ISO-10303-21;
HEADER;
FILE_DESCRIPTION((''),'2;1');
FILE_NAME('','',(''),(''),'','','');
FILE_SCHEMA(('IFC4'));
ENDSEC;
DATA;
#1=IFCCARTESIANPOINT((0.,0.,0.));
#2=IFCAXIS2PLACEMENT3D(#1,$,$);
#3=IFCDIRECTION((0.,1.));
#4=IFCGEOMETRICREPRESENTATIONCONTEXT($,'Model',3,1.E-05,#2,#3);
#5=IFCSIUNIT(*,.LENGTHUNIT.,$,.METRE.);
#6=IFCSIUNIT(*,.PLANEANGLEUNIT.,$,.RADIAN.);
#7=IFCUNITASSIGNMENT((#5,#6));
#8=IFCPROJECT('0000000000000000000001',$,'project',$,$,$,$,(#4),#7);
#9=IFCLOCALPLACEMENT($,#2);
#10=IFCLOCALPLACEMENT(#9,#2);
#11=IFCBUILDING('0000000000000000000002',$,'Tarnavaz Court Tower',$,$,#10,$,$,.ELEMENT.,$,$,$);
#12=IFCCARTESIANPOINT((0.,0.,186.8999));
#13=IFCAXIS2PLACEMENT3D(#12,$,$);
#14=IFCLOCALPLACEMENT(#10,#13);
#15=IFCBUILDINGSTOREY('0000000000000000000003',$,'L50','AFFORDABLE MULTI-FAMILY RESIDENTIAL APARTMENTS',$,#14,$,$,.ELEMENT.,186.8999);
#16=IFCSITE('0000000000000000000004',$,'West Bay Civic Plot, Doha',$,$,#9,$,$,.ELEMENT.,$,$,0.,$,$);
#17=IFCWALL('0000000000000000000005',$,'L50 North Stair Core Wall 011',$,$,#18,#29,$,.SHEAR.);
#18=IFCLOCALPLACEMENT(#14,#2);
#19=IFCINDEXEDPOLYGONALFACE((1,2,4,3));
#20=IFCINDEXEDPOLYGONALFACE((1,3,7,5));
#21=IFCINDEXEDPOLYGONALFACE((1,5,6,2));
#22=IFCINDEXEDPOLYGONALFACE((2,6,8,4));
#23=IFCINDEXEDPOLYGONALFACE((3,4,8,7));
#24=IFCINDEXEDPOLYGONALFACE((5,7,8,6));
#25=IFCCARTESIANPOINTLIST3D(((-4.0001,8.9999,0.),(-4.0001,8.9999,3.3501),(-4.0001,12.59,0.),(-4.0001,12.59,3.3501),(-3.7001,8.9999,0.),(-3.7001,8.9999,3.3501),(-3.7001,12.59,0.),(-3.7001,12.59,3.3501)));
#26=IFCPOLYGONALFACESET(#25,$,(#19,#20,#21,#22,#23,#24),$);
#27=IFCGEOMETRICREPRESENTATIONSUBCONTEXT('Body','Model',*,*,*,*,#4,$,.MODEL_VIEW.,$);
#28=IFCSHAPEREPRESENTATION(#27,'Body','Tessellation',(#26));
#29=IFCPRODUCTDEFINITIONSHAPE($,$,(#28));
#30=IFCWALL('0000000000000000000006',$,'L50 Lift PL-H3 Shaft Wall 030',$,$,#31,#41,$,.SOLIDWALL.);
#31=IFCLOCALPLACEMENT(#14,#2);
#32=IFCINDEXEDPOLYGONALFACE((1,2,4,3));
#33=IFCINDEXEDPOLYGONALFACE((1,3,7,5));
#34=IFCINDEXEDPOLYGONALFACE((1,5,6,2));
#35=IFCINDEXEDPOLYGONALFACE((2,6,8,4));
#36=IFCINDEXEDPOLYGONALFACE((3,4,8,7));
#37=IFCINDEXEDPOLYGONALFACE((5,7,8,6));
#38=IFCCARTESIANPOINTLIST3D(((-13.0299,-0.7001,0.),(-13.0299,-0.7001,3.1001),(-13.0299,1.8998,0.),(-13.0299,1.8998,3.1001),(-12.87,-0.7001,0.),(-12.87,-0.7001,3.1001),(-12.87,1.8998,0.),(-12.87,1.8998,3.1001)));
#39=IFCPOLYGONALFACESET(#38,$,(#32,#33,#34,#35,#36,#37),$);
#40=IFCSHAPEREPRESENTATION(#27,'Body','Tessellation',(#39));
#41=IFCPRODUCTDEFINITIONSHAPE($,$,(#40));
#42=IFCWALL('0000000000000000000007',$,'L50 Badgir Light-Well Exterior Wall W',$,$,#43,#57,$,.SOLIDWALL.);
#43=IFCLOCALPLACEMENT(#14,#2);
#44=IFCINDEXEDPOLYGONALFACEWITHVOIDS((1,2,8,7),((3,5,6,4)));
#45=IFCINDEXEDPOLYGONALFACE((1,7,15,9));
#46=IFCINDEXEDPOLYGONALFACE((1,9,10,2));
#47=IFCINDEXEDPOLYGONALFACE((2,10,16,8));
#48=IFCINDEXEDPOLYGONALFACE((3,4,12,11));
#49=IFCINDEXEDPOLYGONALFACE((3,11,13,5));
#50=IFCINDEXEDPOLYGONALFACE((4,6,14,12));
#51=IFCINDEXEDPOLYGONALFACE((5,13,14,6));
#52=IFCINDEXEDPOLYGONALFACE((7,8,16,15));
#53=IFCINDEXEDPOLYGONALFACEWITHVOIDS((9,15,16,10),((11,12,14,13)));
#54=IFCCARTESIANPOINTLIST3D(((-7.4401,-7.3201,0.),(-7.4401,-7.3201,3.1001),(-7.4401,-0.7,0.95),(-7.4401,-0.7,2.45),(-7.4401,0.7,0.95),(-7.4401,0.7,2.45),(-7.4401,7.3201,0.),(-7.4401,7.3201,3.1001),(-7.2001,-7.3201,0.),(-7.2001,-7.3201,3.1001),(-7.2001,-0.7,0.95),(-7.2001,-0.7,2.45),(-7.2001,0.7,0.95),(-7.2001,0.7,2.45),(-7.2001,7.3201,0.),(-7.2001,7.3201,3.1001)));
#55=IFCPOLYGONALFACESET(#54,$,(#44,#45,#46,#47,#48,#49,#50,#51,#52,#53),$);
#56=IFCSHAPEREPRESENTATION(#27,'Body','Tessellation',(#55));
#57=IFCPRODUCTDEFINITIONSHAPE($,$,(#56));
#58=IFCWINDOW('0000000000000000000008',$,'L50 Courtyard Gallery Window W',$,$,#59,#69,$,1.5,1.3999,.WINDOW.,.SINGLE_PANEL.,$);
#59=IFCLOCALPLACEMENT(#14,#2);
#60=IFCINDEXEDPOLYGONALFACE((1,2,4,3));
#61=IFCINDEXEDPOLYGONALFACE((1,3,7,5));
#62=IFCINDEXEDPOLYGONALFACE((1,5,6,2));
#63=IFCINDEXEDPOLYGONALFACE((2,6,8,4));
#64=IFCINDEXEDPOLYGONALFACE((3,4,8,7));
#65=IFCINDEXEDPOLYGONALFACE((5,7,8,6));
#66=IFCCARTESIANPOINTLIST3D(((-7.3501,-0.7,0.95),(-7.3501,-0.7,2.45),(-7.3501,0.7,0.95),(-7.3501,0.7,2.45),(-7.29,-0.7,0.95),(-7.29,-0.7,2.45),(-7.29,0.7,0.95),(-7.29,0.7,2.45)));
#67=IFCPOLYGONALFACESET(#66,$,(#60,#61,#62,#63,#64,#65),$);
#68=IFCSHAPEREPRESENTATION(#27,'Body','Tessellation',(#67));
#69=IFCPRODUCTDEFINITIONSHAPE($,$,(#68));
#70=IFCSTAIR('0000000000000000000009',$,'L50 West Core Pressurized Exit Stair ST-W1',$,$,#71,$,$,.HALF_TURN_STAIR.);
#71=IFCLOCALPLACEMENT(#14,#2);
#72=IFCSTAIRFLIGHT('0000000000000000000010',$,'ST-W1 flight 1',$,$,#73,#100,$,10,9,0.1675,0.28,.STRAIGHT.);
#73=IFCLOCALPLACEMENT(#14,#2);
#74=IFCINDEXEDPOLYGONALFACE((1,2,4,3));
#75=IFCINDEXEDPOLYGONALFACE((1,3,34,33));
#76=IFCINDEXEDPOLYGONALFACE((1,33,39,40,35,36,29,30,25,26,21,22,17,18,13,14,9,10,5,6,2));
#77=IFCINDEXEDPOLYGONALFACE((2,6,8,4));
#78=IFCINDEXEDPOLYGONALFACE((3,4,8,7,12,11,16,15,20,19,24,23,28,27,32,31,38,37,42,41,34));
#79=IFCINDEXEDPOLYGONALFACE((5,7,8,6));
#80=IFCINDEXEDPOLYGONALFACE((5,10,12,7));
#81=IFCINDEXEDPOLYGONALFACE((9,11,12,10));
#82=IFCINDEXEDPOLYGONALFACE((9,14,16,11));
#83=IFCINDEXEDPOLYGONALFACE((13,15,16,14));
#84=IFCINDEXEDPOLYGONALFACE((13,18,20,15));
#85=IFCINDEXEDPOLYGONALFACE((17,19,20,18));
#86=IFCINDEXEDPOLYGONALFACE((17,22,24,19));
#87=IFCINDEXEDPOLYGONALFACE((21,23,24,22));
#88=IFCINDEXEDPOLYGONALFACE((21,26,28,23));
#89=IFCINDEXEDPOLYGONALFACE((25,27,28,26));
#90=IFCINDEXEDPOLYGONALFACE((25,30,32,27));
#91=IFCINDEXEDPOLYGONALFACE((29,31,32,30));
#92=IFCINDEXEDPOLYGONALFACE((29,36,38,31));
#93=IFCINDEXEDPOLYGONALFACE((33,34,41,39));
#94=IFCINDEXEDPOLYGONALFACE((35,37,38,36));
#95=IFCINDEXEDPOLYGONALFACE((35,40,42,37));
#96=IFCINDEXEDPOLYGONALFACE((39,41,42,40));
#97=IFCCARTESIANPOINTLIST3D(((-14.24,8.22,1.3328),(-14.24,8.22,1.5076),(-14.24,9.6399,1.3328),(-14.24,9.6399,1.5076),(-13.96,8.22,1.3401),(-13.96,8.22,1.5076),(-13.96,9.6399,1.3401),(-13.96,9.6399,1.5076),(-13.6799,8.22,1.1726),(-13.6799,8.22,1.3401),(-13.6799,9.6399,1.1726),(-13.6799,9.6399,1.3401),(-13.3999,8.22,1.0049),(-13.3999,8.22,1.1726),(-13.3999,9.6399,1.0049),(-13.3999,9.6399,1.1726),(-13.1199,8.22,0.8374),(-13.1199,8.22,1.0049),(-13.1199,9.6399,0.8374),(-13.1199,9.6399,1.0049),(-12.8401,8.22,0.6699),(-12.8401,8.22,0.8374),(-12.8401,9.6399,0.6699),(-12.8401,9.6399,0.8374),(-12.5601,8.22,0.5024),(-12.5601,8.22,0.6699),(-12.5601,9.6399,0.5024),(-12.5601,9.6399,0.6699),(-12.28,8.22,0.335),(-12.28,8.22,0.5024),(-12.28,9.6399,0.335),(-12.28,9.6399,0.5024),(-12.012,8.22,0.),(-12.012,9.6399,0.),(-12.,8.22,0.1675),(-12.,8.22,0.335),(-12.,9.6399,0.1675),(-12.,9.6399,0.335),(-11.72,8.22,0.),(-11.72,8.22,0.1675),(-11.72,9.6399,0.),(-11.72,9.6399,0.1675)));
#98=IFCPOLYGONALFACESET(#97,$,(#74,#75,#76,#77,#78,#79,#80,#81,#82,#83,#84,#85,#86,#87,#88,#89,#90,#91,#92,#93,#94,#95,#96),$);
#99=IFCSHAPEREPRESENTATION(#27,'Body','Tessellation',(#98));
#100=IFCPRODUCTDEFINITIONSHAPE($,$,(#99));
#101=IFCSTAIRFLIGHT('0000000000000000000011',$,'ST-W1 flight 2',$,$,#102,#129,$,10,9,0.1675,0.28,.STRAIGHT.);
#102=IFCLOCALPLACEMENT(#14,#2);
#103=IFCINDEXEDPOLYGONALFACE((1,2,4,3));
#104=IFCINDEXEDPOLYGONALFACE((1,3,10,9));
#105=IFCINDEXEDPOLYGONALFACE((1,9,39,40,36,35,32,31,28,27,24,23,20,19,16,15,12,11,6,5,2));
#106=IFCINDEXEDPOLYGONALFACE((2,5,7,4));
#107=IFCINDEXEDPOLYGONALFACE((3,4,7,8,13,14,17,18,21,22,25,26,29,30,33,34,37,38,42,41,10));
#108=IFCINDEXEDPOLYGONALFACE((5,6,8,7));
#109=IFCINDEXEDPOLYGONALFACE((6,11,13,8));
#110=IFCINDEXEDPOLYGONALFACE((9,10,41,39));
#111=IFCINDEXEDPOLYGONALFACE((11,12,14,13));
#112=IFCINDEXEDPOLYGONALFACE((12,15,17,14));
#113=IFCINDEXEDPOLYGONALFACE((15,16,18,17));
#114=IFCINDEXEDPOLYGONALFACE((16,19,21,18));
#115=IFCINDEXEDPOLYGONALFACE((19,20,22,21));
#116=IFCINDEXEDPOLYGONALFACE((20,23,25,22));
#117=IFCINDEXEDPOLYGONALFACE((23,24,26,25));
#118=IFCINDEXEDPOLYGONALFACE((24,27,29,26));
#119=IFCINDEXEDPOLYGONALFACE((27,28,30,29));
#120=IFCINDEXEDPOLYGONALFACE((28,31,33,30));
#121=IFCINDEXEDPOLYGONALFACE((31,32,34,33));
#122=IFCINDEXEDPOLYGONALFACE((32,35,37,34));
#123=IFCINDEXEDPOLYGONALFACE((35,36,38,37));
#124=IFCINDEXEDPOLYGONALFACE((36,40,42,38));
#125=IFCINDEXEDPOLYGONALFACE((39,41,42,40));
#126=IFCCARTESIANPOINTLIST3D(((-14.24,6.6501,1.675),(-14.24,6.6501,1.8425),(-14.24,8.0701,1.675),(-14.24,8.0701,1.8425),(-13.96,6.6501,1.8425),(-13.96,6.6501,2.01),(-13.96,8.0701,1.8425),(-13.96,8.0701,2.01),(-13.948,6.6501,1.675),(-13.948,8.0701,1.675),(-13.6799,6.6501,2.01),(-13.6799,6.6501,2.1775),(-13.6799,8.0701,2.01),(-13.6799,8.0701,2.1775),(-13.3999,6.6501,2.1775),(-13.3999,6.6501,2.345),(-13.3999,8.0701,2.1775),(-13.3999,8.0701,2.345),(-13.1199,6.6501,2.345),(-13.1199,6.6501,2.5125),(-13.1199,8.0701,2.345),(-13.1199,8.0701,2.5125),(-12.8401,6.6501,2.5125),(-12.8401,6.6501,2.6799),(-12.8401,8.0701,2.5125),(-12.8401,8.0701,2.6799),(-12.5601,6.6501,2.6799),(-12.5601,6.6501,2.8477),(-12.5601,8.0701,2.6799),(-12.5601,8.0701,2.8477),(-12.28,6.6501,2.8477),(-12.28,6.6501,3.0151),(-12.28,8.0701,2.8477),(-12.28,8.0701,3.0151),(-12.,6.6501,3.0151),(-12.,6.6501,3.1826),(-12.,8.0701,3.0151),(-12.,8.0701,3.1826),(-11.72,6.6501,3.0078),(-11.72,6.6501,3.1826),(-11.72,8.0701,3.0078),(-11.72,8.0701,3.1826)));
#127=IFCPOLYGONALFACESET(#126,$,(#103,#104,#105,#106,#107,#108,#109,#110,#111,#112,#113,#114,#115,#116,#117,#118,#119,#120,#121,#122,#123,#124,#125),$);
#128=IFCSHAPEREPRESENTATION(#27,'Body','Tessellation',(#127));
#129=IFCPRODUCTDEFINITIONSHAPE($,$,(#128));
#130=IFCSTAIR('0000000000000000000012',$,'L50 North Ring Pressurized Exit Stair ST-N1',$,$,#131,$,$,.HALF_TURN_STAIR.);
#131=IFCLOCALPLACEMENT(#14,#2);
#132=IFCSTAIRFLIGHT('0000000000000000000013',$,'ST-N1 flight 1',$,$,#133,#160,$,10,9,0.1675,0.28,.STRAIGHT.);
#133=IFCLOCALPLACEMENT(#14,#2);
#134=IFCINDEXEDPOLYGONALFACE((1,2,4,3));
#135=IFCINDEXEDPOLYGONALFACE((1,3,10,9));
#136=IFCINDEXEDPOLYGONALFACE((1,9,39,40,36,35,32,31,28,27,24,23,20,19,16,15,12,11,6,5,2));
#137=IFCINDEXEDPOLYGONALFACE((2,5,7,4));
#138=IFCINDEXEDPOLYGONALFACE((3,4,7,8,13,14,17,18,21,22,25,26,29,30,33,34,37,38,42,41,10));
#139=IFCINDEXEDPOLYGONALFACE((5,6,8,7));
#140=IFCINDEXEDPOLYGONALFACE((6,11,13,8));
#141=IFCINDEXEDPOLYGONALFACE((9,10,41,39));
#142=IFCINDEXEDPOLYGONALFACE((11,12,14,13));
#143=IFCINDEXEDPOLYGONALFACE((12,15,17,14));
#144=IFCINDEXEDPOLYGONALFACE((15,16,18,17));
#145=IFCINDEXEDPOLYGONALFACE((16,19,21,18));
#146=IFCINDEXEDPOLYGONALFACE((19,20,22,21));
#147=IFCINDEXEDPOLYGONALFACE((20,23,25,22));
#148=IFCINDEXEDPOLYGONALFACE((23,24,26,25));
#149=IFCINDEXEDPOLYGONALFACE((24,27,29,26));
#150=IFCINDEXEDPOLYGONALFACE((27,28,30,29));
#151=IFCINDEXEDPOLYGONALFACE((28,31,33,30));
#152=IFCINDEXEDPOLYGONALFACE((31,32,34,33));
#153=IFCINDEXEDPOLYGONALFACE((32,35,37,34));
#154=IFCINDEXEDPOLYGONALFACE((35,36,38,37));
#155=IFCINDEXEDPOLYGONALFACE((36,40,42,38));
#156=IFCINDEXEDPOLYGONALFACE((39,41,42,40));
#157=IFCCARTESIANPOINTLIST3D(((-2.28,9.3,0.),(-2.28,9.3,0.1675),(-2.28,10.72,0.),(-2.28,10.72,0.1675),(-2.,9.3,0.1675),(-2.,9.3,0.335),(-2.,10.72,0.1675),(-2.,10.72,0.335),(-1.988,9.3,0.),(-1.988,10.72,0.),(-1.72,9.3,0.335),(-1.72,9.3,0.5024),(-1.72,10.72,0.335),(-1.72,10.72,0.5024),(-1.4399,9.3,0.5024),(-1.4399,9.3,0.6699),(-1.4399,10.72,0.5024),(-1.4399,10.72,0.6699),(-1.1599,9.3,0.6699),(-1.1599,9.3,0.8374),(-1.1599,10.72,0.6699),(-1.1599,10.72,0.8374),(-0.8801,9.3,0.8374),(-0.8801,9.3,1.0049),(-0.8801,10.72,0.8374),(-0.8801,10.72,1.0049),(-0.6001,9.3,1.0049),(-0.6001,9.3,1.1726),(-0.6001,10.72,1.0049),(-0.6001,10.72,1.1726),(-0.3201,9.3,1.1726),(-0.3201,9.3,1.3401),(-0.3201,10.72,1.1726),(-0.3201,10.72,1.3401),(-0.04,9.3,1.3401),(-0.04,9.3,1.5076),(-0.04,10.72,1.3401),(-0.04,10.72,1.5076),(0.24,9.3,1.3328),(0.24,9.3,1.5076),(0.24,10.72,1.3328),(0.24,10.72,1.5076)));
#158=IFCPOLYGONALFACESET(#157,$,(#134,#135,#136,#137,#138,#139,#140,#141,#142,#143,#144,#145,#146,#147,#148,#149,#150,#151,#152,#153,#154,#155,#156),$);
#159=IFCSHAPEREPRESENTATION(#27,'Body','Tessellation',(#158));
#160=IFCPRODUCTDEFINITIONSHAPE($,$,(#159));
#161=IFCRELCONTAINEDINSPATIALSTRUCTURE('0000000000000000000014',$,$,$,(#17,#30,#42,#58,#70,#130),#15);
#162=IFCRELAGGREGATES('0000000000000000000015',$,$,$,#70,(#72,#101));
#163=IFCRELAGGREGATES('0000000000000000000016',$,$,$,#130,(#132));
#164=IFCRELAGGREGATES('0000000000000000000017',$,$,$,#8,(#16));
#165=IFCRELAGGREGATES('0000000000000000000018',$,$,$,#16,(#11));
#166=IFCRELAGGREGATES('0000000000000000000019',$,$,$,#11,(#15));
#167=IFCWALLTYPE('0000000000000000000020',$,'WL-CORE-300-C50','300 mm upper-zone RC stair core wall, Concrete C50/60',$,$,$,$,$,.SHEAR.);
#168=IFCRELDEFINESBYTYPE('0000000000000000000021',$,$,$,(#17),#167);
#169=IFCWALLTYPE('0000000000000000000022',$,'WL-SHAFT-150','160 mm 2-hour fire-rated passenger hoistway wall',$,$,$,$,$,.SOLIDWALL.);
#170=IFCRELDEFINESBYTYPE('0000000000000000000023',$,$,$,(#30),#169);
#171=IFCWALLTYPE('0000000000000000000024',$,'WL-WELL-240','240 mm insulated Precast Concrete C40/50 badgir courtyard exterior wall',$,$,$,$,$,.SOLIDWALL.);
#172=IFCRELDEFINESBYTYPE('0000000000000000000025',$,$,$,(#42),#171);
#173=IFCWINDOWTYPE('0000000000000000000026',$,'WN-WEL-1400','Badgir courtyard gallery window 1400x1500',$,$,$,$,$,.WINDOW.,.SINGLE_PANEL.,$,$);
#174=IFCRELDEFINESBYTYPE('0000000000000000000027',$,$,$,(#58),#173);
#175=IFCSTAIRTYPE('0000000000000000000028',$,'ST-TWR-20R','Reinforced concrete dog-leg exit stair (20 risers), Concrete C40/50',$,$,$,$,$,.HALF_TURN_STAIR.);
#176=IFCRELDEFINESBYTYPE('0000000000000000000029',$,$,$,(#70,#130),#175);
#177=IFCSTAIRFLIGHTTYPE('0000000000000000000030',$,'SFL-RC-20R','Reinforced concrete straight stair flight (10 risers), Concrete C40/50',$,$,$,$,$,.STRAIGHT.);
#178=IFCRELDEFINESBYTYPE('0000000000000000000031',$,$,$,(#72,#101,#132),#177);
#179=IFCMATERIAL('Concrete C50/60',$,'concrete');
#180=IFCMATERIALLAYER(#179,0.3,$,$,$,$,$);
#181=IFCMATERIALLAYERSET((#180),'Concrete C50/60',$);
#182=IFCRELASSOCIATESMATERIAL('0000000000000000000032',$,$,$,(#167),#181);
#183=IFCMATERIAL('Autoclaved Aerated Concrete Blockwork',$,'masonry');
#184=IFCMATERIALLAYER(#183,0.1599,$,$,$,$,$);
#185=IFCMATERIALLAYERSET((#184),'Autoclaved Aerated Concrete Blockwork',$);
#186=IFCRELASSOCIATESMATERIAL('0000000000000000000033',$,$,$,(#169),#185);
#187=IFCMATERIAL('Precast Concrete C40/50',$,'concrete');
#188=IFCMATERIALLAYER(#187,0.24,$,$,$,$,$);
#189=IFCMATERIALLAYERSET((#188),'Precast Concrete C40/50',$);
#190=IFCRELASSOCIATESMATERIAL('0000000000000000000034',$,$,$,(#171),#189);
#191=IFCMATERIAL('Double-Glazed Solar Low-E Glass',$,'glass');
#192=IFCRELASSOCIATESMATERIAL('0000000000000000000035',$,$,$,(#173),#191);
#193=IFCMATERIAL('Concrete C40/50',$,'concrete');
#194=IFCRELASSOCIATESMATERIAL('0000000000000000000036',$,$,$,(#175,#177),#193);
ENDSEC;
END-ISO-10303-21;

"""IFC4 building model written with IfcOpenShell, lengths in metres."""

from ifc_helpers import new_model, si_unit, direction, frame, frame_2d, origin, place, context, subcontext, project, spatial, polyline, rectangle, outline, extrude, material, layer, layer_set, type_object, element, fill, aggregate, save


model = new_model("IFC4")

# Units and contexts
model_context = context("Model", 3, precision=1e-05, world=origin(), true_north=direction((0.0, 1.0)))
body_context = subcontext(model_context, "Body", "Model", "MODEL_VIEW")
ifc_project = project(units=[si_unit("LENGTHUNIT", "METRE"), si_unit("PLANEANGLEUNIT", "RADIAN")], contexts=[model_context])

# Site, building, storey
site_placement = place(None, origin())
site = spatial("IfcSite", under=ifc_project, at=site_placement, Name="West Bay Civic Plot, Doha", CompositionType="ELEMENT", RefElevation=0.0)
building_placement = place(site_placement, origin())
building = spatial("IfcBuilding", under=site, at=building_placement, Name="Tarnavaz Court Tower", CompositionType="ELEMENT")
storey_placement = place(building_placement, frame((0.0, 0.0, 186.8999)))
storey = spatial("IfcBuildingStorey", under=building, at=storey_placement, Name="L50", Description="AFFORDABLE MULTI-FAMILY RESIDENTIAL APARTMENTS", CompositionType="ELEMENT", Elevation=186.8999)

# Shared definitions
ifc_material_1 = material(Name="Concrete C50/60", Category="concrete")

# Shared definitions
ifc_layer_1 = layer(ifc_material_1, 0.3)
ifc_layer_set_1 = layer_set([ifc_layer_1], Name="Concrete C50/60")
wall_type_1 = type_object("IfcWallType", Name="WL-CORE-300-C50", Description="300 mm upper-zone RC stair core wall, Concrete C50/60", PredefinedType="SHEAR", material=ifc_layer_set_1)

# Wall
wall_1_placement = place(storey_placement, frame((-3.8501, 9.0, 0.0), z_axis=(0.0, 0.0, 1.0), x_axis=(0.0, 1.0, 0.0)))
element("IfcWall", 1, at=wall_1_placement, inside=storey, type_object=wall_type_1, Name="L50 North Stair Core Wall 011", PredefinedType="SHEAR", context=body_context, shape_type="SweptSolid", body=[
    extrude(rectangle(XDim=3.5901, YDim=0.3, at=frame_2d((1.7949, 0.0))), origin(), (0.0, 0.0, 1.0), 3.3501),
])

# Shared definitions
ifc_material_2 = material(Name="Autoclaved Aerated Concrete Blockwork", Category="masonry")

# Wall
ifc_layer_2 = layer(ifc_material_2, 0.1599)
ifc_layer_set_2 = layer_set([ifc_layer_2], Name="Autoclaved Aerated Concrete Blockwork")
wall_type_2 = type_object("IfcWallType", Name="WL-SHAFT-150", Description="160 mm 2-hour fire-rated passenger hoistway wall", PredefinedType="SOLIDWALL", material=ifc_layer_set_2)
wall_2_placement = place(storey_placement, frame((-12.95, -0.7, 0.0), z_axis=(0.0, 0.0, 1.0), x_axis=(0.0, 1.0, 0.0)))
element("IfcWall", 2, at=wall_2_placement, inside=storey, type_object=wall_type_2, Name="L50 Lift PL-H3 Shaft Wall 030", PredefinedType="SOLIDWALL", context=body_context, shape_type="SweptSolid", body=[
    extrude(rectangle(XDim=2.5999, YDim=0.1599, at=frame_2d((1.2998, 0.0))), origin(), (0.0, 0.0, 1.0), 3.1001),
])

# Wall, opening, window
ifc_material_3 = material(Name="Precast Concrete C40/50", Category="concrete")
ifc_layer_3 = layer(ifc_material_3, 0.24)
ifc_layer_set_3 = layer_set([ifc_layer_3], Name="Precast Concrete C40/50")
wall_type_3 = type_object("IfcWallType", Name="WL-WELL-240", Description="240 mm insulated Precast Concrete C40/50 badgir courtyard exterior wall", PredefinedType="SOLIDWALL", material=ifc_layer_set_3)
wall_3_placement = place(storey_placement, frame((-7.3201, 7.3201, 0.0), z_axis=(0.0, 0.0, 1.0), x_axis=(0.0, -1.0, 0.0)))
wall_3 = element("IfcWall", 3, at=wall_3_placement, inside=storey, type_object=wall_type_3, Name="L50 Badgir Light-Well Exterior Wall W", PredefinedType="SOLIDWALL", context=body_context, shape_type="SweptSolid", body=[
    extrude(rectangle(XDim=14.6401, YDim=0.24, at=frame_2d((7.3201, 0.0))), origin(), (0.0, 0.0, 1.0), 3.1001),
])
opening_1_placement = place(wall_3_placement, frame((6.6201, 0.0, 0.95)))
opening_1 = element("IfcOpeningElement", 4, at=opening_1_placement, cuts=wall_3, PredefinedType="OPENING", context=body_context, shape_type="SweptSolid", body=[
    extrude(rectangle(XDim=1.3999, YDim=1.5, at=frame_2d((0.7, 0.75))), frame((0.0, 0.1299, 0.0), z_axis=(0.0, -1.0, 0.0), x_axis=(1.0, 0.0, 0.0)), (0.0, 0.0, 1.0), 0.26),
])
ifc_material_4 = material(Name="Double-Glazed Solar Low-E Glass", Category="glass")
window_type = type_object("IfcWindowType", Name="WN-WEL-1400", Description="Badgir courtyard gallery window 1400x1500", PartitioningType="SINGLE_PANEL", PredefinedType="WINDOW", material=ifc_material_4)
window_placement = place(opening_1_placement, origin())
window = element("IfcWindow", 5, at=window_placement, inside=storey, type_object=window_type, Name="L50 Courtyard Gallery Window W", OverallHeight=1.5, OverallWidth=1.3999, PartitioningType="SINGLE_PANEL", PredefinedType="WINDOW", context=body_context, shape_type="SweptSolid", body=[
    extrude(rectangle(XDim=1.3999, YDim=1.5, at=frame_2d((0.7, 0.75))), frame((0.0, 0.03, 0.0), z_axis=(0.0, -1.0, 0.0), x_axis=(1.0, 0.0, 0.0)), (0.0, 0.0, 1.0), 0.0601),
])
fill(opening_1, window)

# Stair, stair flights
ifc_material_5 = material(Name="Concrete C40/50", Category="concrete")
stair_type = type_object("IfcStairType", Name="ST-TWR-20R", Description="Reinforced concrete dog-leg exit stair (20 risers), Concrete C40/50", PredefinedType="HALF_TURN_STAIR", material=ifc_material_5)
stair_1_placement = place(storey_placement, origin())
stair_1 = element("IfcStair", 6, at=stair_1_placement, inside=storey, type_object=stair_type, Name="L50 West Core Pressurized Exit Stair ST-W1", PredefinedType="HALF_TURN_STAIR")
stair_flight_type = type_object("IfcStairFlightType", Name="SFL-RC-20R", Description="Reinforced concrete straight stair flight (10 risers), Concrete C40/50", PredefinedType="STRAIGHT", material=ifc_material_5)
stair_flight_1_placement = place(storey_placement, frame((-11.72, 8.9299, 0.0), z_axis=(0.0, 0.0, 1.0), x_axis=(-1.0, 0.0, 0.0)))
stair_flight_1 = element("IfcStairFlight", 7, at=stair_flight_1_placement, type_object=stair_flight_type, Name="ST-W1 flight 1", NumberOfRisers=10, NumberOfTreads=9, PredefinedType="STRAIGHT", RiserHeight=0.1675, TreadLength=0.28, context=body_context, shape_type="SweptSolid", body=[
    extrude(outline(polyline([(0.0, 0.0), (0.0, 0.1675), (0.28, 0.1675), (0.28, 0.335), (0.5601, 0.335), (0.5601, 0.5024), (0.8401, 0.5024), (0.8401, 0.6699), (1.1201, 0.6699), (1.1201, 0.8374), (1.3999, 0.8374), (1.3999, 1.0049), (1.6799, 1.0049), (1.6799, 1.1726), (1.96, 1.1726), (1.96, 1.3401), (2.24, 1.3401), (2.24, 1.5076), (2.52, 1.5076), (2.52, 1.675), (2.52, 1.3328), (0.292, 0.0), (0.0, 0.0)])), frame((0.0, 0.71, 0.0), z_axis=(0.0, -1.0, 0.0), x_axis=(1.0, 0.0, 0.0)), (0.0, 0.0, 1.0), 1.4199),
])
stair_flight_2_placement = place(storey_placement, frame((-14.24, 7.3601, 1.675), z_axis=(0.0, 0.0, 1.0), x_axis=(1.0, 0.0, 0.0)))
stair_flight_2 = element("IfcStairFlight", 8, at=stair_flight_2_placement, type_object=stair_flight_type, Name="ST-W1 flight 2", NumberOfRisers=10, NumberOfTreads=9, PredefinedType="STRAIGHT", RiserHeight=0.1675, TreadLength=0.28, context=body_context, shape_type="SweptSolid", body=[
    extrude(outline(polyline([(0.0, 0.0), (0.0, 0.1675), (0.28, 0.1675), (0.28, 0.335), (0.5601, 0.335), (0.5601, 0.5024), (0.8401, 0.5024), (0.8401, 0.6699), (1.1201, 0.6699), (1.1201, 0.8374), (1.3999, 0.8374), (1.3999, 1.0049), (1.6799, 1.0049), (1.6799, 1.1726), (1.96, 1.1726), (1.96, 1.3401), (2.24, 1.3401), (2.24, 1.5076), (2.52, 1.5076), (2.52, 1.675), (2.52, 1.3328), (0.292, 0.0), (0.0, 0.0)])), frame((0.0, 0.71, 0.0), z_axis=(0.0, -1.0, 0.0), x_axis=(1.0, 0.0, 0.0)), (0.0, 0.0, 1.0), 1.4199),
])
aggregate(stair_1, [stair_flight_1, stair_flight_2])

# Stair, stair flight
stair_2_placement = place(storey_placement, origin())
stair_2 = element("IfcStair", 9, at=stair_2_placement, inside=storey, type_object=stair_type, Name="L50 North Ring Pressurized Exit Stair ST-N1", PredefinedType="HALF_TURN_STAIR")
stair_flight_3_placement = place(storey_placement, frame((-2.28, 10.01, 0.0), z_axis=(0.0, 0.0, 1.0), x_axis=(1.0, 0.0, 0.0)))
stair_flight_3 = element("IfcStairFlight", 10, at=stair_flight_3_placement, type_object=stair_flight_type, Name="ST-N1 flight 1", NumberOfRisers=10, NumberOfTreads=9, PredefinedType="STRAIGHT", RiserHeight=0.1675, TreadLength=0.28, context=body_context, shape_type="SweptSolid", body=[
    extrude(outline(polyline([(0.0, 0.0), (0.0, 0.1675), (0.28, 0.1675), (0.28, 0.335), (0.5601, 0.335), (0.5601, 0.5024), (0.8401, 0.5024), (0.8401, 0.6699), (1.1201, 0.6699), (1.1201, 0.8374), (1.3999, 0.8374), (1.3999, 1.0049), (1.6799, 1.0049), (1.6799, 1.1726), (1.96, 1.1726), (1.96, 1.3401), (2.24, 1.3401), (2.24, 1.5076), (2.52, 1.5076), (2.52, 1.675), (2.52, 1.3328), (0.292, 0.0), (0.0, 0.0)])), frame((0.0, 0.71, 0.0), z_axis=(0.0, -1.0, 0.0), x_axis=(1.0, 0.0, 0.0)), (0.0, 0.0, 1.0), 1.4199),
])
aggregate(stair_2, [stair_flight_3])

save(model, "model.ifc")
